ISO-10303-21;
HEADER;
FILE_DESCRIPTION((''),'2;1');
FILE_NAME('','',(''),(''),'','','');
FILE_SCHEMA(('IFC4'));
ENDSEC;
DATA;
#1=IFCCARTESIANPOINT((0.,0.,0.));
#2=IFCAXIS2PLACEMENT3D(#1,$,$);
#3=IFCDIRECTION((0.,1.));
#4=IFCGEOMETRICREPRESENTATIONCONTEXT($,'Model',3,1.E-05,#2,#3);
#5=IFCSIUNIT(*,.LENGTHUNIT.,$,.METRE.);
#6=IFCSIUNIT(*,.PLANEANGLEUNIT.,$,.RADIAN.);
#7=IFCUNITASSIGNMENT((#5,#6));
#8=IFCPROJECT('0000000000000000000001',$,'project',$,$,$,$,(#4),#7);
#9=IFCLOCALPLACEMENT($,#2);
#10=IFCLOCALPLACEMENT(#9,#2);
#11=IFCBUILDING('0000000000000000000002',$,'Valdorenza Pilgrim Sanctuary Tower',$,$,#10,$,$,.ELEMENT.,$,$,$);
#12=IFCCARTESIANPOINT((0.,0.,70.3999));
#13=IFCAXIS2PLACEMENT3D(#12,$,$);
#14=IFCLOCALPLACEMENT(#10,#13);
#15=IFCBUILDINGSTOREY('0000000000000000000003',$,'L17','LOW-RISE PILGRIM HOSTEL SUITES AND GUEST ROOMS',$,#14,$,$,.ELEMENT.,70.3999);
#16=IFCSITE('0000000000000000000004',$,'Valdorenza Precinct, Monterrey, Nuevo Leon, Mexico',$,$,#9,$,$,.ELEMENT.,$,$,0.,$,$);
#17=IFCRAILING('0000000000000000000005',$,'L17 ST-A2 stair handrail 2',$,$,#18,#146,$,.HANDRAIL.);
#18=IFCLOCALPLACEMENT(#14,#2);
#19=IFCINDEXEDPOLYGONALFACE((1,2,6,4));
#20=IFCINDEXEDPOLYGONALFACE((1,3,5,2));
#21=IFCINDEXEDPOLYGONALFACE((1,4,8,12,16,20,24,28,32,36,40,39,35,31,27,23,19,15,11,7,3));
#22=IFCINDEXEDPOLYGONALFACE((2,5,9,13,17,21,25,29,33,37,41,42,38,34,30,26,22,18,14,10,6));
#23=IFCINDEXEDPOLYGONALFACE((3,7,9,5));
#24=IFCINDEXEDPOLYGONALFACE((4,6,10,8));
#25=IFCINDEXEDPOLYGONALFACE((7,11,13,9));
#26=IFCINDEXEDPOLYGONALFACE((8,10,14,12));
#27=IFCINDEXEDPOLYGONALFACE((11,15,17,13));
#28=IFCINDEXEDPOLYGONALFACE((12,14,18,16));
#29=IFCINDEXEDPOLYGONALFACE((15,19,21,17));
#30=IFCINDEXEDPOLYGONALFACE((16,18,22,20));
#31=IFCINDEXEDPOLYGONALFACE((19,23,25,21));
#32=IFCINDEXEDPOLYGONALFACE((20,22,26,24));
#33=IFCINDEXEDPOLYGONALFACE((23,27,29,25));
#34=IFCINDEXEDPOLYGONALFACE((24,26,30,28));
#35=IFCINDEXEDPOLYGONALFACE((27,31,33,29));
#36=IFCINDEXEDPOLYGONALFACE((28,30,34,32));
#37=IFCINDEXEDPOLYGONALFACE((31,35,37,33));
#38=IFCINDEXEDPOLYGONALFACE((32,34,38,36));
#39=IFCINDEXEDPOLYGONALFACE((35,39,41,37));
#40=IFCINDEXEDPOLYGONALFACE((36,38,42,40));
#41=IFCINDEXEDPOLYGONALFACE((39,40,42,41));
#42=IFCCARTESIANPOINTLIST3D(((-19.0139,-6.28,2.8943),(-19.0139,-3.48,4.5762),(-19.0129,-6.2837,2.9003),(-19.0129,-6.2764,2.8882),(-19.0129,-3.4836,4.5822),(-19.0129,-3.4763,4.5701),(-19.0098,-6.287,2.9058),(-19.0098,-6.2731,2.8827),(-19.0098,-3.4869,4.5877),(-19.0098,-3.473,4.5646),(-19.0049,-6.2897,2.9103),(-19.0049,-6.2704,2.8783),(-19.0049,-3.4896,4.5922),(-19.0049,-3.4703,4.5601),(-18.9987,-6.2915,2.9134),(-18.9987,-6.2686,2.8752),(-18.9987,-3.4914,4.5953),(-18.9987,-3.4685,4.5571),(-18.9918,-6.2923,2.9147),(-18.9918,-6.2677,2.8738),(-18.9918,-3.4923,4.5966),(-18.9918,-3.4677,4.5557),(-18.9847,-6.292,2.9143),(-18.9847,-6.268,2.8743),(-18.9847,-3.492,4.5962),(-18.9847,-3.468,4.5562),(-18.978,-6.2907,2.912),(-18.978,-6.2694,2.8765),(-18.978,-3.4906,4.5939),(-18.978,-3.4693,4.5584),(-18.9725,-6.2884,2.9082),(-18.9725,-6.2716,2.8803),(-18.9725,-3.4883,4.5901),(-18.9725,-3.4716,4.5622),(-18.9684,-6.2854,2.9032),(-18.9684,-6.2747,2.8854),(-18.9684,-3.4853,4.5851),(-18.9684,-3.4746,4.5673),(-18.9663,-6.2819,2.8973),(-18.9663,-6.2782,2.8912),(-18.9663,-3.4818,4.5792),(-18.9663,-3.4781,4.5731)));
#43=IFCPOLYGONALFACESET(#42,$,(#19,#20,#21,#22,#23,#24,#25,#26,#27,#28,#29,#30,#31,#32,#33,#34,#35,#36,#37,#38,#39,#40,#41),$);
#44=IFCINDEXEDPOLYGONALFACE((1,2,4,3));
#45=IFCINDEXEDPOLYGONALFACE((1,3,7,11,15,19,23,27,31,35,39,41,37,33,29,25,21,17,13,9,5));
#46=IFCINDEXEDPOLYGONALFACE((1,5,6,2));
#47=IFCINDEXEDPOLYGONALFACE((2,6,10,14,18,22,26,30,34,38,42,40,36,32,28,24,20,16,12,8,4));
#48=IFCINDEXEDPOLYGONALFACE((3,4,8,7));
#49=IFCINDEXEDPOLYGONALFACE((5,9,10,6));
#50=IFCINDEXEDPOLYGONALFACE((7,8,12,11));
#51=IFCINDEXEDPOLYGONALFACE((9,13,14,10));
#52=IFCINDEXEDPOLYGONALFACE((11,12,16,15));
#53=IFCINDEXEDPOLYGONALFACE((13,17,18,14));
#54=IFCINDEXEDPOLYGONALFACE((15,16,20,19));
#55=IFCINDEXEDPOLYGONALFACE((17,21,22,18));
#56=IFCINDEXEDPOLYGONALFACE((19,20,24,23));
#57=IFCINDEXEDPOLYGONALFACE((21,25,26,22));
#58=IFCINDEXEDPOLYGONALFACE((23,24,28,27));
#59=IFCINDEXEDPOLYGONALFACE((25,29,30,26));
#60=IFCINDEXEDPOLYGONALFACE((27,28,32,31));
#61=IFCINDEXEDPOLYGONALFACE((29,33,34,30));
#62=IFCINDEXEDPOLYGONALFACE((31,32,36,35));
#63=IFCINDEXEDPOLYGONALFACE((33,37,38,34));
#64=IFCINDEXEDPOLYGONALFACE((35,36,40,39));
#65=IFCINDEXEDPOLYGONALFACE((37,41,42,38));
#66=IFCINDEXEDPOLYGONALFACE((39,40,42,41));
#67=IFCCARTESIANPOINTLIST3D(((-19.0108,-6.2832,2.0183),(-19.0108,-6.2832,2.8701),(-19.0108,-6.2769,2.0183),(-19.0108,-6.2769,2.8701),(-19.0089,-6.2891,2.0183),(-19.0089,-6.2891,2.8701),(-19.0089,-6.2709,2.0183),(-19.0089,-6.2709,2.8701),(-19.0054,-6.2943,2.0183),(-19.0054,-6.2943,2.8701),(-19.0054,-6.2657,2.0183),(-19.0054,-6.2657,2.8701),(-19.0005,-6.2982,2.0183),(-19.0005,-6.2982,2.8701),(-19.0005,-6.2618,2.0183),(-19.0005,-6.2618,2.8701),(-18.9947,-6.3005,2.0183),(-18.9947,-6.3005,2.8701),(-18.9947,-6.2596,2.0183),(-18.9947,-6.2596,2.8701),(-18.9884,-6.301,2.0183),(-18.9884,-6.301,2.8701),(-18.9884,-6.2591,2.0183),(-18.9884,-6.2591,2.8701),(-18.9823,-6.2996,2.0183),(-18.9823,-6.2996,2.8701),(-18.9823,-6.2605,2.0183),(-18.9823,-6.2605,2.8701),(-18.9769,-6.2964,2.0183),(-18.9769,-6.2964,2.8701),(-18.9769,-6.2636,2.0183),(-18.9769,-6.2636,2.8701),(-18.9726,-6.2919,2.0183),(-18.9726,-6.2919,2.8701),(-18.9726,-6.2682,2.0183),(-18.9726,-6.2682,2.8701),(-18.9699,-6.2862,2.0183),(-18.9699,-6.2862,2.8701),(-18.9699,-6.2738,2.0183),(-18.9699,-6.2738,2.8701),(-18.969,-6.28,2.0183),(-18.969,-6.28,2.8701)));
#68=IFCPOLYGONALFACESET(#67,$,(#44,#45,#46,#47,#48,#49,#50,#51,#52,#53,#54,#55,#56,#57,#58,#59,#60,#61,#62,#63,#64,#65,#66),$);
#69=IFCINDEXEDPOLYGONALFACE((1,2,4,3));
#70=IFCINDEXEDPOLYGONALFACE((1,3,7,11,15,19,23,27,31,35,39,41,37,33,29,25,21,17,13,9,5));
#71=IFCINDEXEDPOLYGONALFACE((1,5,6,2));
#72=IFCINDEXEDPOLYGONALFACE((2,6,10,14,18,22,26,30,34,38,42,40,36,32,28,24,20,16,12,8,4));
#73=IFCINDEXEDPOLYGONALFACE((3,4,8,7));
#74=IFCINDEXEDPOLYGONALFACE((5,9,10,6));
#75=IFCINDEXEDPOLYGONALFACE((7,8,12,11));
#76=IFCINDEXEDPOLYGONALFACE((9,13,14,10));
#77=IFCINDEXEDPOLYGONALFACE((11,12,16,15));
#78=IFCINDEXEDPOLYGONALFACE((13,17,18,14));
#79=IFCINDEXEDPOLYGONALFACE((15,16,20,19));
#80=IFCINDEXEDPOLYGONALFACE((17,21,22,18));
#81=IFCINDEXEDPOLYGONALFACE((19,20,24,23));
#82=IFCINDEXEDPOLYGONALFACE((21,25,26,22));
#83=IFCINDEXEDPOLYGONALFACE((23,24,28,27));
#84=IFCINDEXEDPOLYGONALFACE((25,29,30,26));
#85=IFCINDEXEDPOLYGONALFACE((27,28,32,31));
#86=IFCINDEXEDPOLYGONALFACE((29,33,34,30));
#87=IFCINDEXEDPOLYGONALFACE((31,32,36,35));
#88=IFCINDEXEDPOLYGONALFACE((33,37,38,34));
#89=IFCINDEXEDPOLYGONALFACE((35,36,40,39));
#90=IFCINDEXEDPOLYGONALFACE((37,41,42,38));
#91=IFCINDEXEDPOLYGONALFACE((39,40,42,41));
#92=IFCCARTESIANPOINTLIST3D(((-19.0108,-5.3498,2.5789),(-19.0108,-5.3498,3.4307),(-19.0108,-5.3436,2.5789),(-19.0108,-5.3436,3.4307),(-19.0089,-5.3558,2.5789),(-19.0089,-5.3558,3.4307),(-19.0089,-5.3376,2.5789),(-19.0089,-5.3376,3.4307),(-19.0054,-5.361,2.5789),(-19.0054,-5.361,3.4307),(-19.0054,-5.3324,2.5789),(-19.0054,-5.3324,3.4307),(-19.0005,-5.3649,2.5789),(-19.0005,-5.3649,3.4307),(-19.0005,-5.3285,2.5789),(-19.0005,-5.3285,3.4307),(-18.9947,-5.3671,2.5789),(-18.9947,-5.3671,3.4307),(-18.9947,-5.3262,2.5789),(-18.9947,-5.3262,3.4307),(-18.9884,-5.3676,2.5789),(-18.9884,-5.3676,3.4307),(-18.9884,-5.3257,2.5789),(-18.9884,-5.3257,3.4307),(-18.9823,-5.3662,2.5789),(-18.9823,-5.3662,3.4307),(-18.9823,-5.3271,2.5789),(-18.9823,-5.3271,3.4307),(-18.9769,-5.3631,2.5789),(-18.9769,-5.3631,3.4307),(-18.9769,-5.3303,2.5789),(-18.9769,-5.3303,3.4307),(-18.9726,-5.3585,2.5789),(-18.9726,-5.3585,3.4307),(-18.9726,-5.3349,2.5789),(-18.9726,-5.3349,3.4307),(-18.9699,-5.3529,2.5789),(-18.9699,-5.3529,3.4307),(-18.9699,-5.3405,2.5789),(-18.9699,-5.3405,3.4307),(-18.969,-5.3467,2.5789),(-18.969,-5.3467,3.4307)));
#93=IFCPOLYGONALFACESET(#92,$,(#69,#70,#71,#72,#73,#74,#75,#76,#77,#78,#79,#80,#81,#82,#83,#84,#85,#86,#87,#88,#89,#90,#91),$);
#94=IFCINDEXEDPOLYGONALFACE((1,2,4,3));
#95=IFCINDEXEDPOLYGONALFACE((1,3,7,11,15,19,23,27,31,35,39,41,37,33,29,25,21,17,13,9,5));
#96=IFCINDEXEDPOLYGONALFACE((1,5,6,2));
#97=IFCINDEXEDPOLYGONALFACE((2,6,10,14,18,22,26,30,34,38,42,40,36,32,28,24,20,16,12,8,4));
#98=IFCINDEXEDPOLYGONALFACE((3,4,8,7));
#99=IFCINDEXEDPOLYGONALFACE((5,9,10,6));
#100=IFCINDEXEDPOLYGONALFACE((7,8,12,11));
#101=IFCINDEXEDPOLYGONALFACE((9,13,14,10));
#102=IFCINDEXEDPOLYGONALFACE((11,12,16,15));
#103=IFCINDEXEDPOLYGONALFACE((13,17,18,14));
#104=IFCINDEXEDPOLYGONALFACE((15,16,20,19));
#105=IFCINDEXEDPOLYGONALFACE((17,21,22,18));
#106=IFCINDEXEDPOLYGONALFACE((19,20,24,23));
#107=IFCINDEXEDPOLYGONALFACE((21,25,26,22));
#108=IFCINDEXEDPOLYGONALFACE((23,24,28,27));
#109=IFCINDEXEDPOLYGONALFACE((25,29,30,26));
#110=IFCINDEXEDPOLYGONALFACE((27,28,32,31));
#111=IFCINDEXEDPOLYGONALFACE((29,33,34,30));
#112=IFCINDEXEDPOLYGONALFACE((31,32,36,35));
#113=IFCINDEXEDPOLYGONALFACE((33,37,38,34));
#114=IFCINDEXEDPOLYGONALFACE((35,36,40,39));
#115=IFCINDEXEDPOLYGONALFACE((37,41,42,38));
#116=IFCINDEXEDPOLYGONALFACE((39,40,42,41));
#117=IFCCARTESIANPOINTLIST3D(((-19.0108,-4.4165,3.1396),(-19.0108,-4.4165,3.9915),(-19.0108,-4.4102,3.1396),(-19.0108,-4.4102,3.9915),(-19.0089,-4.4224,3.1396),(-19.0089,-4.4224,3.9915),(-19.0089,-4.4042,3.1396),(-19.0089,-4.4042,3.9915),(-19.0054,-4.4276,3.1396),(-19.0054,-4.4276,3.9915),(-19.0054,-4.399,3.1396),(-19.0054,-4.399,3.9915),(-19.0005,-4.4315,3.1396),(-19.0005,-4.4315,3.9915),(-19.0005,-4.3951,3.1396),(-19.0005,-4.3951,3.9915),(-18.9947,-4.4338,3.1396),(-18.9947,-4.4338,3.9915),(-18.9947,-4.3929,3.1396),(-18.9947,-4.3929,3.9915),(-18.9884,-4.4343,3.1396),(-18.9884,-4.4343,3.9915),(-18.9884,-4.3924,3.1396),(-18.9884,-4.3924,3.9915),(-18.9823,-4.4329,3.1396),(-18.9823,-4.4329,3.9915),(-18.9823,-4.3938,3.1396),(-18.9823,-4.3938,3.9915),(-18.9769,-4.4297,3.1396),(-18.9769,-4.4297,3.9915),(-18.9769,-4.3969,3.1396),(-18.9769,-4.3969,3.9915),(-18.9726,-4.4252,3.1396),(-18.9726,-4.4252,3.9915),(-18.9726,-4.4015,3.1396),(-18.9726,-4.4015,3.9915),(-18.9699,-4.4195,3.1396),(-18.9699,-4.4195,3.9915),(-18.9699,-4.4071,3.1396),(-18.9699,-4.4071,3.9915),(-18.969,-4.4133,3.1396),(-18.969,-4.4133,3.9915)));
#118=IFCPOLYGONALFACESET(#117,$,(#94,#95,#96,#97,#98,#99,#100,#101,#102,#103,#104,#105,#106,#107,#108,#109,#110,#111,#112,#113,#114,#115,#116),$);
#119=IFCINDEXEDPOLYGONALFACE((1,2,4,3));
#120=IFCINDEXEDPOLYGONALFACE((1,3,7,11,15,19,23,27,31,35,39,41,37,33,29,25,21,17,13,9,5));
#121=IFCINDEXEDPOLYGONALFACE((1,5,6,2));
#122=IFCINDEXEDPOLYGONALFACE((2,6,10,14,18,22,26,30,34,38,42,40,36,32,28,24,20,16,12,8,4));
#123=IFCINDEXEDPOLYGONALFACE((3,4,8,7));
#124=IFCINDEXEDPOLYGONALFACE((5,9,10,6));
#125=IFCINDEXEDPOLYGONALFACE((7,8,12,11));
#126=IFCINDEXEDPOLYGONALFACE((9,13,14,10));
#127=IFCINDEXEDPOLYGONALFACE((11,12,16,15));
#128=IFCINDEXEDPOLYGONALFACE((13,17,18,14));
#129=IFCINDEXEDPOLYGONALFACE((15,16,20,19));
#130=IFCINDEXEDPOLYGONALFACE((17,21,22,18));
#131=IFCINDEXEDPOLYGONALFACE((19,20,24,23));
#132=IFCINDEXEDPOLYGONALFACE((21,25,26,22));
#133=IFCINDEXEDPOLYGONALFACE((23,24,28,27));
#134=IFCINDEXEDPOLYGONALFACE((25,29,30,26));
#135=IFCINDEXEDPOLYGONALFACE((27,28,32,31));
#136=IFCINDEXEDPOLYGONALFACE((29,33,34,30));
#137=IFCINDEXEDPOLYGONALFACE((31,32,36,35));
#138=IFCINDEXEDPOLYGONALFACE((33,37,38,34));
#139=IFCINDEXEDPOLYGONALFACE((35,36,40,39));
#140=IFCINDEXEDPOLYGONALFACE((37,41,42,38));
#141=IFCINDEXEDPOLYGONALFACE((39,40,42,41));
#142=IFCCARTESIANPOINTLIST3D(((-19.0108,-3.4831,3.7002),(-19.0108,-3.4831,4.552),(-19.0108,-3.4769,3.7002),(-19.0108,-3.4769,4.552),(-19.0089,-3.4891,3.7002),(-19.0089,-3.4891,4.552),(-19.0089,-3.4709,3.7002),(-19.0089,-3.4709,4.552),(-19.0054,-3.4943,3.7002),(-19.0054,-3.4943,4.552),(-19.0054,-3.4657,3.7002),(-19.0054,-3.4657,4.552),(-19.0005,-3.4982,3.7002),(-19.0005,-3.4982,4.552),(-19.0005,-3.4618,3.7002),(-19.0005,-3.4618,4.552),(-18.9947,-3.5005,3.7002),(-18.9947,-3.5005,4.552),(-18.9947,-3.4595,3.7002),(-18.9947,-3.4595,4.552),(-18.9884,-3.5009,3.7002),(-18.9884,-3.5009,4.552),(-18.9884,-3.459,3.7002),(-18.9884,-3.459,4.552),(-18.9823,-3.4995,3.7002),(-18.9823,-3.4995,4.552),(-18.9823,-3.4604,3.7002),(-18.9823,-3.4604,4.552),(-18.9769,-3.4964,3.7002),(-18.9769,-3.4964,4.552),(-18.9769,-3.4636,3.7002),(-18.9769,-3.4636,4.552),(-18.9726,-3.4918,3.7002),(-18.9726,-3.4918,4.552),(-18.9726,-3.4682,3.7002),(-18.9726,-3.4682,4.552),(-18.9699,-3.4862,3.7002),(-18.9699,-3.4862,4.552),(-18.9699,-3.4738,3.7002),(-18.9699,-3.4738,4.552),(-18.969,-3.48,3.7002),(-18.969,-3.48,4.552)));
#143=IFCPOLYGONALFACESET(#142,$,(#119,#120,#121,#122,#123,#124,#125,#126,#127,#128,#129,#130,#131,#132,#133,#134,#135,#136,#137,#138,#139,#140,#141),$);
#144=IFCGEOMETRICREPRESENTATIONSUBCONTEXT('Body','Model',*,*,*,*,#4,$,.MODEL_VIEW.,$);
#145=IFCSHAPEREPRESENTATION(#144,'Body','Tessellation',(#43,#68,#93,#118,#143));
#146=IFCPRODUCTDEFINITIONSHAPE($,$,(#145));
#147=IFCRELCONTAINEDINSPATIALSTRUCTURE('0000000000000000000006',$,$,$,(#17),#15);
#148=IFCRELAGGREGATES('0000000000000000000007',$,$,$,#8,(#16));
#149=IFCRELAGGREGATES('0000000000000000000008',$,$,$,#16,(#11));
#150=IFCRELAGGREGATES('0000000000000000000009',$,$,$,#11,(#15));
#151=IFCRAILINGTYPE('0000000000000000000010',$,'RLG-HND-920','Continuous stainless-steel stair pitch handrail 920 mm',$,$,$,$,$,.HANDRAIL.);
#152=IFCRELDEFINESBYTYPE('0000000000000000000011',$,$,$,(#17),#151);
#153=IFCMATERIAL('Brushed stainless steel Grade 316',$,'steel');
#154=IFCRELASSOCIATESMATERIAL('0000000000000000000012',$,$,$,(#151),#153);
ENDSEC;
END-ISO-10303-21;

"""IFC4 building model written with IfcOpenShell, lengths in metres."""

from ifc_helpers import new_model, si_unit, direction, frame, origin, origin_2d, place, context, subcontext, project, spatial, circle, extrude, material, type_object, element, save


model = new_model("IFC4")

# Units and contexts
model_context = context("Model", 3, precision=1e-05, world=origin(), true_north=direction((0.0, 1.0)))
body_context = subcontext(model_context, "Body", "Model", "MODEL_VIEW")
ifc_project = project(units=[si_unit("LENGTHUNIT", "METRE"), si_unit("PLANEANGLEUNIT", "RADIAN")], contexts=[model_context])

# Site, building, storey
site_placement = place(None, origin())
site = spatial("IfcSite", under=ifc_project, at=site_placement, Name="Valdorenza Precinct, Monterrey, Nuevo Leon, Mexico", CompositionType="ELEMENT", RefElevation=0.0)
building_placement = place(site_placement, origin())
building = spatial("IfcBuilding", under=site, at=building_placement, Name="Valdorenza Pilgrim Sanctuary Tower", CompositionType="ELEMENT")
storey_placement = place(building_placement, frame((0.0, 0.0, 70.3999)))
storey = spatial("IfcBuildingStorey", under=building, at=storey_placement, Name="L17", Description="LOW-RISE PILGRIM HOSTEL SUITES AND GUEST ROOMS", CompositionType="ELEMENT", Elevation=70.3999)

# Shared definitions
ifc_material_1 = material(Name="Brushed stainless steel Grade 316", Category="steel")

# Railing
railing_type_1 = type_object("IfcRailingType", Name="RLG-HND-920", Description="Continuous stainless-steel stair pitch handrail 920 mm", PredefinedType="HANDRAIL", material=ifc_material_1)
railing_1_placement = place(storey_placement, frame((-18.99, -6.28, 2.0183)))
element("IfcRailing", 1, at=railing_1_placement, inside=storey, type_object=railing_type_1, Name="L17 ST-A2 stair handrail 2", PredefinedType="HANDRAIL", context=body_context, shape_type="SweptSolid", body=[
    extrude(circle(Radius=0.0239, at=origin_2d()), frame((0.0, 0.0, 0.876), z_axis=(0.0, 0.857242, 0.514913), x_axis=(-1.0, 0.0, 0.0)), (0.0, 0.0, 1.0), 3.2664),
    extrude(circle(Radius=0.021, at=origin_2d()), origin(), (0.0, 0.0, 1.0), 0.8518),
    extrude(circle(Radius=0.021, at=origin_2d()), frame((0.0, 0.9333, 0.5605)), (0.0, 0.0, 1.0), 0.8518),
    extrude(circle(Radius=0.021, at=origin_2d()), frame((0.0, 1.8667, 1.1213)), (0.0, 0.0, 1.0), 0.8518),
    extrude(circle(Radius=0.021, at=origin_2d()), frame((0.0, 2.8, 1.6819)), (0.0, 0.0, 1.0), 0.8518),
])

save(model, "model.ifc")
